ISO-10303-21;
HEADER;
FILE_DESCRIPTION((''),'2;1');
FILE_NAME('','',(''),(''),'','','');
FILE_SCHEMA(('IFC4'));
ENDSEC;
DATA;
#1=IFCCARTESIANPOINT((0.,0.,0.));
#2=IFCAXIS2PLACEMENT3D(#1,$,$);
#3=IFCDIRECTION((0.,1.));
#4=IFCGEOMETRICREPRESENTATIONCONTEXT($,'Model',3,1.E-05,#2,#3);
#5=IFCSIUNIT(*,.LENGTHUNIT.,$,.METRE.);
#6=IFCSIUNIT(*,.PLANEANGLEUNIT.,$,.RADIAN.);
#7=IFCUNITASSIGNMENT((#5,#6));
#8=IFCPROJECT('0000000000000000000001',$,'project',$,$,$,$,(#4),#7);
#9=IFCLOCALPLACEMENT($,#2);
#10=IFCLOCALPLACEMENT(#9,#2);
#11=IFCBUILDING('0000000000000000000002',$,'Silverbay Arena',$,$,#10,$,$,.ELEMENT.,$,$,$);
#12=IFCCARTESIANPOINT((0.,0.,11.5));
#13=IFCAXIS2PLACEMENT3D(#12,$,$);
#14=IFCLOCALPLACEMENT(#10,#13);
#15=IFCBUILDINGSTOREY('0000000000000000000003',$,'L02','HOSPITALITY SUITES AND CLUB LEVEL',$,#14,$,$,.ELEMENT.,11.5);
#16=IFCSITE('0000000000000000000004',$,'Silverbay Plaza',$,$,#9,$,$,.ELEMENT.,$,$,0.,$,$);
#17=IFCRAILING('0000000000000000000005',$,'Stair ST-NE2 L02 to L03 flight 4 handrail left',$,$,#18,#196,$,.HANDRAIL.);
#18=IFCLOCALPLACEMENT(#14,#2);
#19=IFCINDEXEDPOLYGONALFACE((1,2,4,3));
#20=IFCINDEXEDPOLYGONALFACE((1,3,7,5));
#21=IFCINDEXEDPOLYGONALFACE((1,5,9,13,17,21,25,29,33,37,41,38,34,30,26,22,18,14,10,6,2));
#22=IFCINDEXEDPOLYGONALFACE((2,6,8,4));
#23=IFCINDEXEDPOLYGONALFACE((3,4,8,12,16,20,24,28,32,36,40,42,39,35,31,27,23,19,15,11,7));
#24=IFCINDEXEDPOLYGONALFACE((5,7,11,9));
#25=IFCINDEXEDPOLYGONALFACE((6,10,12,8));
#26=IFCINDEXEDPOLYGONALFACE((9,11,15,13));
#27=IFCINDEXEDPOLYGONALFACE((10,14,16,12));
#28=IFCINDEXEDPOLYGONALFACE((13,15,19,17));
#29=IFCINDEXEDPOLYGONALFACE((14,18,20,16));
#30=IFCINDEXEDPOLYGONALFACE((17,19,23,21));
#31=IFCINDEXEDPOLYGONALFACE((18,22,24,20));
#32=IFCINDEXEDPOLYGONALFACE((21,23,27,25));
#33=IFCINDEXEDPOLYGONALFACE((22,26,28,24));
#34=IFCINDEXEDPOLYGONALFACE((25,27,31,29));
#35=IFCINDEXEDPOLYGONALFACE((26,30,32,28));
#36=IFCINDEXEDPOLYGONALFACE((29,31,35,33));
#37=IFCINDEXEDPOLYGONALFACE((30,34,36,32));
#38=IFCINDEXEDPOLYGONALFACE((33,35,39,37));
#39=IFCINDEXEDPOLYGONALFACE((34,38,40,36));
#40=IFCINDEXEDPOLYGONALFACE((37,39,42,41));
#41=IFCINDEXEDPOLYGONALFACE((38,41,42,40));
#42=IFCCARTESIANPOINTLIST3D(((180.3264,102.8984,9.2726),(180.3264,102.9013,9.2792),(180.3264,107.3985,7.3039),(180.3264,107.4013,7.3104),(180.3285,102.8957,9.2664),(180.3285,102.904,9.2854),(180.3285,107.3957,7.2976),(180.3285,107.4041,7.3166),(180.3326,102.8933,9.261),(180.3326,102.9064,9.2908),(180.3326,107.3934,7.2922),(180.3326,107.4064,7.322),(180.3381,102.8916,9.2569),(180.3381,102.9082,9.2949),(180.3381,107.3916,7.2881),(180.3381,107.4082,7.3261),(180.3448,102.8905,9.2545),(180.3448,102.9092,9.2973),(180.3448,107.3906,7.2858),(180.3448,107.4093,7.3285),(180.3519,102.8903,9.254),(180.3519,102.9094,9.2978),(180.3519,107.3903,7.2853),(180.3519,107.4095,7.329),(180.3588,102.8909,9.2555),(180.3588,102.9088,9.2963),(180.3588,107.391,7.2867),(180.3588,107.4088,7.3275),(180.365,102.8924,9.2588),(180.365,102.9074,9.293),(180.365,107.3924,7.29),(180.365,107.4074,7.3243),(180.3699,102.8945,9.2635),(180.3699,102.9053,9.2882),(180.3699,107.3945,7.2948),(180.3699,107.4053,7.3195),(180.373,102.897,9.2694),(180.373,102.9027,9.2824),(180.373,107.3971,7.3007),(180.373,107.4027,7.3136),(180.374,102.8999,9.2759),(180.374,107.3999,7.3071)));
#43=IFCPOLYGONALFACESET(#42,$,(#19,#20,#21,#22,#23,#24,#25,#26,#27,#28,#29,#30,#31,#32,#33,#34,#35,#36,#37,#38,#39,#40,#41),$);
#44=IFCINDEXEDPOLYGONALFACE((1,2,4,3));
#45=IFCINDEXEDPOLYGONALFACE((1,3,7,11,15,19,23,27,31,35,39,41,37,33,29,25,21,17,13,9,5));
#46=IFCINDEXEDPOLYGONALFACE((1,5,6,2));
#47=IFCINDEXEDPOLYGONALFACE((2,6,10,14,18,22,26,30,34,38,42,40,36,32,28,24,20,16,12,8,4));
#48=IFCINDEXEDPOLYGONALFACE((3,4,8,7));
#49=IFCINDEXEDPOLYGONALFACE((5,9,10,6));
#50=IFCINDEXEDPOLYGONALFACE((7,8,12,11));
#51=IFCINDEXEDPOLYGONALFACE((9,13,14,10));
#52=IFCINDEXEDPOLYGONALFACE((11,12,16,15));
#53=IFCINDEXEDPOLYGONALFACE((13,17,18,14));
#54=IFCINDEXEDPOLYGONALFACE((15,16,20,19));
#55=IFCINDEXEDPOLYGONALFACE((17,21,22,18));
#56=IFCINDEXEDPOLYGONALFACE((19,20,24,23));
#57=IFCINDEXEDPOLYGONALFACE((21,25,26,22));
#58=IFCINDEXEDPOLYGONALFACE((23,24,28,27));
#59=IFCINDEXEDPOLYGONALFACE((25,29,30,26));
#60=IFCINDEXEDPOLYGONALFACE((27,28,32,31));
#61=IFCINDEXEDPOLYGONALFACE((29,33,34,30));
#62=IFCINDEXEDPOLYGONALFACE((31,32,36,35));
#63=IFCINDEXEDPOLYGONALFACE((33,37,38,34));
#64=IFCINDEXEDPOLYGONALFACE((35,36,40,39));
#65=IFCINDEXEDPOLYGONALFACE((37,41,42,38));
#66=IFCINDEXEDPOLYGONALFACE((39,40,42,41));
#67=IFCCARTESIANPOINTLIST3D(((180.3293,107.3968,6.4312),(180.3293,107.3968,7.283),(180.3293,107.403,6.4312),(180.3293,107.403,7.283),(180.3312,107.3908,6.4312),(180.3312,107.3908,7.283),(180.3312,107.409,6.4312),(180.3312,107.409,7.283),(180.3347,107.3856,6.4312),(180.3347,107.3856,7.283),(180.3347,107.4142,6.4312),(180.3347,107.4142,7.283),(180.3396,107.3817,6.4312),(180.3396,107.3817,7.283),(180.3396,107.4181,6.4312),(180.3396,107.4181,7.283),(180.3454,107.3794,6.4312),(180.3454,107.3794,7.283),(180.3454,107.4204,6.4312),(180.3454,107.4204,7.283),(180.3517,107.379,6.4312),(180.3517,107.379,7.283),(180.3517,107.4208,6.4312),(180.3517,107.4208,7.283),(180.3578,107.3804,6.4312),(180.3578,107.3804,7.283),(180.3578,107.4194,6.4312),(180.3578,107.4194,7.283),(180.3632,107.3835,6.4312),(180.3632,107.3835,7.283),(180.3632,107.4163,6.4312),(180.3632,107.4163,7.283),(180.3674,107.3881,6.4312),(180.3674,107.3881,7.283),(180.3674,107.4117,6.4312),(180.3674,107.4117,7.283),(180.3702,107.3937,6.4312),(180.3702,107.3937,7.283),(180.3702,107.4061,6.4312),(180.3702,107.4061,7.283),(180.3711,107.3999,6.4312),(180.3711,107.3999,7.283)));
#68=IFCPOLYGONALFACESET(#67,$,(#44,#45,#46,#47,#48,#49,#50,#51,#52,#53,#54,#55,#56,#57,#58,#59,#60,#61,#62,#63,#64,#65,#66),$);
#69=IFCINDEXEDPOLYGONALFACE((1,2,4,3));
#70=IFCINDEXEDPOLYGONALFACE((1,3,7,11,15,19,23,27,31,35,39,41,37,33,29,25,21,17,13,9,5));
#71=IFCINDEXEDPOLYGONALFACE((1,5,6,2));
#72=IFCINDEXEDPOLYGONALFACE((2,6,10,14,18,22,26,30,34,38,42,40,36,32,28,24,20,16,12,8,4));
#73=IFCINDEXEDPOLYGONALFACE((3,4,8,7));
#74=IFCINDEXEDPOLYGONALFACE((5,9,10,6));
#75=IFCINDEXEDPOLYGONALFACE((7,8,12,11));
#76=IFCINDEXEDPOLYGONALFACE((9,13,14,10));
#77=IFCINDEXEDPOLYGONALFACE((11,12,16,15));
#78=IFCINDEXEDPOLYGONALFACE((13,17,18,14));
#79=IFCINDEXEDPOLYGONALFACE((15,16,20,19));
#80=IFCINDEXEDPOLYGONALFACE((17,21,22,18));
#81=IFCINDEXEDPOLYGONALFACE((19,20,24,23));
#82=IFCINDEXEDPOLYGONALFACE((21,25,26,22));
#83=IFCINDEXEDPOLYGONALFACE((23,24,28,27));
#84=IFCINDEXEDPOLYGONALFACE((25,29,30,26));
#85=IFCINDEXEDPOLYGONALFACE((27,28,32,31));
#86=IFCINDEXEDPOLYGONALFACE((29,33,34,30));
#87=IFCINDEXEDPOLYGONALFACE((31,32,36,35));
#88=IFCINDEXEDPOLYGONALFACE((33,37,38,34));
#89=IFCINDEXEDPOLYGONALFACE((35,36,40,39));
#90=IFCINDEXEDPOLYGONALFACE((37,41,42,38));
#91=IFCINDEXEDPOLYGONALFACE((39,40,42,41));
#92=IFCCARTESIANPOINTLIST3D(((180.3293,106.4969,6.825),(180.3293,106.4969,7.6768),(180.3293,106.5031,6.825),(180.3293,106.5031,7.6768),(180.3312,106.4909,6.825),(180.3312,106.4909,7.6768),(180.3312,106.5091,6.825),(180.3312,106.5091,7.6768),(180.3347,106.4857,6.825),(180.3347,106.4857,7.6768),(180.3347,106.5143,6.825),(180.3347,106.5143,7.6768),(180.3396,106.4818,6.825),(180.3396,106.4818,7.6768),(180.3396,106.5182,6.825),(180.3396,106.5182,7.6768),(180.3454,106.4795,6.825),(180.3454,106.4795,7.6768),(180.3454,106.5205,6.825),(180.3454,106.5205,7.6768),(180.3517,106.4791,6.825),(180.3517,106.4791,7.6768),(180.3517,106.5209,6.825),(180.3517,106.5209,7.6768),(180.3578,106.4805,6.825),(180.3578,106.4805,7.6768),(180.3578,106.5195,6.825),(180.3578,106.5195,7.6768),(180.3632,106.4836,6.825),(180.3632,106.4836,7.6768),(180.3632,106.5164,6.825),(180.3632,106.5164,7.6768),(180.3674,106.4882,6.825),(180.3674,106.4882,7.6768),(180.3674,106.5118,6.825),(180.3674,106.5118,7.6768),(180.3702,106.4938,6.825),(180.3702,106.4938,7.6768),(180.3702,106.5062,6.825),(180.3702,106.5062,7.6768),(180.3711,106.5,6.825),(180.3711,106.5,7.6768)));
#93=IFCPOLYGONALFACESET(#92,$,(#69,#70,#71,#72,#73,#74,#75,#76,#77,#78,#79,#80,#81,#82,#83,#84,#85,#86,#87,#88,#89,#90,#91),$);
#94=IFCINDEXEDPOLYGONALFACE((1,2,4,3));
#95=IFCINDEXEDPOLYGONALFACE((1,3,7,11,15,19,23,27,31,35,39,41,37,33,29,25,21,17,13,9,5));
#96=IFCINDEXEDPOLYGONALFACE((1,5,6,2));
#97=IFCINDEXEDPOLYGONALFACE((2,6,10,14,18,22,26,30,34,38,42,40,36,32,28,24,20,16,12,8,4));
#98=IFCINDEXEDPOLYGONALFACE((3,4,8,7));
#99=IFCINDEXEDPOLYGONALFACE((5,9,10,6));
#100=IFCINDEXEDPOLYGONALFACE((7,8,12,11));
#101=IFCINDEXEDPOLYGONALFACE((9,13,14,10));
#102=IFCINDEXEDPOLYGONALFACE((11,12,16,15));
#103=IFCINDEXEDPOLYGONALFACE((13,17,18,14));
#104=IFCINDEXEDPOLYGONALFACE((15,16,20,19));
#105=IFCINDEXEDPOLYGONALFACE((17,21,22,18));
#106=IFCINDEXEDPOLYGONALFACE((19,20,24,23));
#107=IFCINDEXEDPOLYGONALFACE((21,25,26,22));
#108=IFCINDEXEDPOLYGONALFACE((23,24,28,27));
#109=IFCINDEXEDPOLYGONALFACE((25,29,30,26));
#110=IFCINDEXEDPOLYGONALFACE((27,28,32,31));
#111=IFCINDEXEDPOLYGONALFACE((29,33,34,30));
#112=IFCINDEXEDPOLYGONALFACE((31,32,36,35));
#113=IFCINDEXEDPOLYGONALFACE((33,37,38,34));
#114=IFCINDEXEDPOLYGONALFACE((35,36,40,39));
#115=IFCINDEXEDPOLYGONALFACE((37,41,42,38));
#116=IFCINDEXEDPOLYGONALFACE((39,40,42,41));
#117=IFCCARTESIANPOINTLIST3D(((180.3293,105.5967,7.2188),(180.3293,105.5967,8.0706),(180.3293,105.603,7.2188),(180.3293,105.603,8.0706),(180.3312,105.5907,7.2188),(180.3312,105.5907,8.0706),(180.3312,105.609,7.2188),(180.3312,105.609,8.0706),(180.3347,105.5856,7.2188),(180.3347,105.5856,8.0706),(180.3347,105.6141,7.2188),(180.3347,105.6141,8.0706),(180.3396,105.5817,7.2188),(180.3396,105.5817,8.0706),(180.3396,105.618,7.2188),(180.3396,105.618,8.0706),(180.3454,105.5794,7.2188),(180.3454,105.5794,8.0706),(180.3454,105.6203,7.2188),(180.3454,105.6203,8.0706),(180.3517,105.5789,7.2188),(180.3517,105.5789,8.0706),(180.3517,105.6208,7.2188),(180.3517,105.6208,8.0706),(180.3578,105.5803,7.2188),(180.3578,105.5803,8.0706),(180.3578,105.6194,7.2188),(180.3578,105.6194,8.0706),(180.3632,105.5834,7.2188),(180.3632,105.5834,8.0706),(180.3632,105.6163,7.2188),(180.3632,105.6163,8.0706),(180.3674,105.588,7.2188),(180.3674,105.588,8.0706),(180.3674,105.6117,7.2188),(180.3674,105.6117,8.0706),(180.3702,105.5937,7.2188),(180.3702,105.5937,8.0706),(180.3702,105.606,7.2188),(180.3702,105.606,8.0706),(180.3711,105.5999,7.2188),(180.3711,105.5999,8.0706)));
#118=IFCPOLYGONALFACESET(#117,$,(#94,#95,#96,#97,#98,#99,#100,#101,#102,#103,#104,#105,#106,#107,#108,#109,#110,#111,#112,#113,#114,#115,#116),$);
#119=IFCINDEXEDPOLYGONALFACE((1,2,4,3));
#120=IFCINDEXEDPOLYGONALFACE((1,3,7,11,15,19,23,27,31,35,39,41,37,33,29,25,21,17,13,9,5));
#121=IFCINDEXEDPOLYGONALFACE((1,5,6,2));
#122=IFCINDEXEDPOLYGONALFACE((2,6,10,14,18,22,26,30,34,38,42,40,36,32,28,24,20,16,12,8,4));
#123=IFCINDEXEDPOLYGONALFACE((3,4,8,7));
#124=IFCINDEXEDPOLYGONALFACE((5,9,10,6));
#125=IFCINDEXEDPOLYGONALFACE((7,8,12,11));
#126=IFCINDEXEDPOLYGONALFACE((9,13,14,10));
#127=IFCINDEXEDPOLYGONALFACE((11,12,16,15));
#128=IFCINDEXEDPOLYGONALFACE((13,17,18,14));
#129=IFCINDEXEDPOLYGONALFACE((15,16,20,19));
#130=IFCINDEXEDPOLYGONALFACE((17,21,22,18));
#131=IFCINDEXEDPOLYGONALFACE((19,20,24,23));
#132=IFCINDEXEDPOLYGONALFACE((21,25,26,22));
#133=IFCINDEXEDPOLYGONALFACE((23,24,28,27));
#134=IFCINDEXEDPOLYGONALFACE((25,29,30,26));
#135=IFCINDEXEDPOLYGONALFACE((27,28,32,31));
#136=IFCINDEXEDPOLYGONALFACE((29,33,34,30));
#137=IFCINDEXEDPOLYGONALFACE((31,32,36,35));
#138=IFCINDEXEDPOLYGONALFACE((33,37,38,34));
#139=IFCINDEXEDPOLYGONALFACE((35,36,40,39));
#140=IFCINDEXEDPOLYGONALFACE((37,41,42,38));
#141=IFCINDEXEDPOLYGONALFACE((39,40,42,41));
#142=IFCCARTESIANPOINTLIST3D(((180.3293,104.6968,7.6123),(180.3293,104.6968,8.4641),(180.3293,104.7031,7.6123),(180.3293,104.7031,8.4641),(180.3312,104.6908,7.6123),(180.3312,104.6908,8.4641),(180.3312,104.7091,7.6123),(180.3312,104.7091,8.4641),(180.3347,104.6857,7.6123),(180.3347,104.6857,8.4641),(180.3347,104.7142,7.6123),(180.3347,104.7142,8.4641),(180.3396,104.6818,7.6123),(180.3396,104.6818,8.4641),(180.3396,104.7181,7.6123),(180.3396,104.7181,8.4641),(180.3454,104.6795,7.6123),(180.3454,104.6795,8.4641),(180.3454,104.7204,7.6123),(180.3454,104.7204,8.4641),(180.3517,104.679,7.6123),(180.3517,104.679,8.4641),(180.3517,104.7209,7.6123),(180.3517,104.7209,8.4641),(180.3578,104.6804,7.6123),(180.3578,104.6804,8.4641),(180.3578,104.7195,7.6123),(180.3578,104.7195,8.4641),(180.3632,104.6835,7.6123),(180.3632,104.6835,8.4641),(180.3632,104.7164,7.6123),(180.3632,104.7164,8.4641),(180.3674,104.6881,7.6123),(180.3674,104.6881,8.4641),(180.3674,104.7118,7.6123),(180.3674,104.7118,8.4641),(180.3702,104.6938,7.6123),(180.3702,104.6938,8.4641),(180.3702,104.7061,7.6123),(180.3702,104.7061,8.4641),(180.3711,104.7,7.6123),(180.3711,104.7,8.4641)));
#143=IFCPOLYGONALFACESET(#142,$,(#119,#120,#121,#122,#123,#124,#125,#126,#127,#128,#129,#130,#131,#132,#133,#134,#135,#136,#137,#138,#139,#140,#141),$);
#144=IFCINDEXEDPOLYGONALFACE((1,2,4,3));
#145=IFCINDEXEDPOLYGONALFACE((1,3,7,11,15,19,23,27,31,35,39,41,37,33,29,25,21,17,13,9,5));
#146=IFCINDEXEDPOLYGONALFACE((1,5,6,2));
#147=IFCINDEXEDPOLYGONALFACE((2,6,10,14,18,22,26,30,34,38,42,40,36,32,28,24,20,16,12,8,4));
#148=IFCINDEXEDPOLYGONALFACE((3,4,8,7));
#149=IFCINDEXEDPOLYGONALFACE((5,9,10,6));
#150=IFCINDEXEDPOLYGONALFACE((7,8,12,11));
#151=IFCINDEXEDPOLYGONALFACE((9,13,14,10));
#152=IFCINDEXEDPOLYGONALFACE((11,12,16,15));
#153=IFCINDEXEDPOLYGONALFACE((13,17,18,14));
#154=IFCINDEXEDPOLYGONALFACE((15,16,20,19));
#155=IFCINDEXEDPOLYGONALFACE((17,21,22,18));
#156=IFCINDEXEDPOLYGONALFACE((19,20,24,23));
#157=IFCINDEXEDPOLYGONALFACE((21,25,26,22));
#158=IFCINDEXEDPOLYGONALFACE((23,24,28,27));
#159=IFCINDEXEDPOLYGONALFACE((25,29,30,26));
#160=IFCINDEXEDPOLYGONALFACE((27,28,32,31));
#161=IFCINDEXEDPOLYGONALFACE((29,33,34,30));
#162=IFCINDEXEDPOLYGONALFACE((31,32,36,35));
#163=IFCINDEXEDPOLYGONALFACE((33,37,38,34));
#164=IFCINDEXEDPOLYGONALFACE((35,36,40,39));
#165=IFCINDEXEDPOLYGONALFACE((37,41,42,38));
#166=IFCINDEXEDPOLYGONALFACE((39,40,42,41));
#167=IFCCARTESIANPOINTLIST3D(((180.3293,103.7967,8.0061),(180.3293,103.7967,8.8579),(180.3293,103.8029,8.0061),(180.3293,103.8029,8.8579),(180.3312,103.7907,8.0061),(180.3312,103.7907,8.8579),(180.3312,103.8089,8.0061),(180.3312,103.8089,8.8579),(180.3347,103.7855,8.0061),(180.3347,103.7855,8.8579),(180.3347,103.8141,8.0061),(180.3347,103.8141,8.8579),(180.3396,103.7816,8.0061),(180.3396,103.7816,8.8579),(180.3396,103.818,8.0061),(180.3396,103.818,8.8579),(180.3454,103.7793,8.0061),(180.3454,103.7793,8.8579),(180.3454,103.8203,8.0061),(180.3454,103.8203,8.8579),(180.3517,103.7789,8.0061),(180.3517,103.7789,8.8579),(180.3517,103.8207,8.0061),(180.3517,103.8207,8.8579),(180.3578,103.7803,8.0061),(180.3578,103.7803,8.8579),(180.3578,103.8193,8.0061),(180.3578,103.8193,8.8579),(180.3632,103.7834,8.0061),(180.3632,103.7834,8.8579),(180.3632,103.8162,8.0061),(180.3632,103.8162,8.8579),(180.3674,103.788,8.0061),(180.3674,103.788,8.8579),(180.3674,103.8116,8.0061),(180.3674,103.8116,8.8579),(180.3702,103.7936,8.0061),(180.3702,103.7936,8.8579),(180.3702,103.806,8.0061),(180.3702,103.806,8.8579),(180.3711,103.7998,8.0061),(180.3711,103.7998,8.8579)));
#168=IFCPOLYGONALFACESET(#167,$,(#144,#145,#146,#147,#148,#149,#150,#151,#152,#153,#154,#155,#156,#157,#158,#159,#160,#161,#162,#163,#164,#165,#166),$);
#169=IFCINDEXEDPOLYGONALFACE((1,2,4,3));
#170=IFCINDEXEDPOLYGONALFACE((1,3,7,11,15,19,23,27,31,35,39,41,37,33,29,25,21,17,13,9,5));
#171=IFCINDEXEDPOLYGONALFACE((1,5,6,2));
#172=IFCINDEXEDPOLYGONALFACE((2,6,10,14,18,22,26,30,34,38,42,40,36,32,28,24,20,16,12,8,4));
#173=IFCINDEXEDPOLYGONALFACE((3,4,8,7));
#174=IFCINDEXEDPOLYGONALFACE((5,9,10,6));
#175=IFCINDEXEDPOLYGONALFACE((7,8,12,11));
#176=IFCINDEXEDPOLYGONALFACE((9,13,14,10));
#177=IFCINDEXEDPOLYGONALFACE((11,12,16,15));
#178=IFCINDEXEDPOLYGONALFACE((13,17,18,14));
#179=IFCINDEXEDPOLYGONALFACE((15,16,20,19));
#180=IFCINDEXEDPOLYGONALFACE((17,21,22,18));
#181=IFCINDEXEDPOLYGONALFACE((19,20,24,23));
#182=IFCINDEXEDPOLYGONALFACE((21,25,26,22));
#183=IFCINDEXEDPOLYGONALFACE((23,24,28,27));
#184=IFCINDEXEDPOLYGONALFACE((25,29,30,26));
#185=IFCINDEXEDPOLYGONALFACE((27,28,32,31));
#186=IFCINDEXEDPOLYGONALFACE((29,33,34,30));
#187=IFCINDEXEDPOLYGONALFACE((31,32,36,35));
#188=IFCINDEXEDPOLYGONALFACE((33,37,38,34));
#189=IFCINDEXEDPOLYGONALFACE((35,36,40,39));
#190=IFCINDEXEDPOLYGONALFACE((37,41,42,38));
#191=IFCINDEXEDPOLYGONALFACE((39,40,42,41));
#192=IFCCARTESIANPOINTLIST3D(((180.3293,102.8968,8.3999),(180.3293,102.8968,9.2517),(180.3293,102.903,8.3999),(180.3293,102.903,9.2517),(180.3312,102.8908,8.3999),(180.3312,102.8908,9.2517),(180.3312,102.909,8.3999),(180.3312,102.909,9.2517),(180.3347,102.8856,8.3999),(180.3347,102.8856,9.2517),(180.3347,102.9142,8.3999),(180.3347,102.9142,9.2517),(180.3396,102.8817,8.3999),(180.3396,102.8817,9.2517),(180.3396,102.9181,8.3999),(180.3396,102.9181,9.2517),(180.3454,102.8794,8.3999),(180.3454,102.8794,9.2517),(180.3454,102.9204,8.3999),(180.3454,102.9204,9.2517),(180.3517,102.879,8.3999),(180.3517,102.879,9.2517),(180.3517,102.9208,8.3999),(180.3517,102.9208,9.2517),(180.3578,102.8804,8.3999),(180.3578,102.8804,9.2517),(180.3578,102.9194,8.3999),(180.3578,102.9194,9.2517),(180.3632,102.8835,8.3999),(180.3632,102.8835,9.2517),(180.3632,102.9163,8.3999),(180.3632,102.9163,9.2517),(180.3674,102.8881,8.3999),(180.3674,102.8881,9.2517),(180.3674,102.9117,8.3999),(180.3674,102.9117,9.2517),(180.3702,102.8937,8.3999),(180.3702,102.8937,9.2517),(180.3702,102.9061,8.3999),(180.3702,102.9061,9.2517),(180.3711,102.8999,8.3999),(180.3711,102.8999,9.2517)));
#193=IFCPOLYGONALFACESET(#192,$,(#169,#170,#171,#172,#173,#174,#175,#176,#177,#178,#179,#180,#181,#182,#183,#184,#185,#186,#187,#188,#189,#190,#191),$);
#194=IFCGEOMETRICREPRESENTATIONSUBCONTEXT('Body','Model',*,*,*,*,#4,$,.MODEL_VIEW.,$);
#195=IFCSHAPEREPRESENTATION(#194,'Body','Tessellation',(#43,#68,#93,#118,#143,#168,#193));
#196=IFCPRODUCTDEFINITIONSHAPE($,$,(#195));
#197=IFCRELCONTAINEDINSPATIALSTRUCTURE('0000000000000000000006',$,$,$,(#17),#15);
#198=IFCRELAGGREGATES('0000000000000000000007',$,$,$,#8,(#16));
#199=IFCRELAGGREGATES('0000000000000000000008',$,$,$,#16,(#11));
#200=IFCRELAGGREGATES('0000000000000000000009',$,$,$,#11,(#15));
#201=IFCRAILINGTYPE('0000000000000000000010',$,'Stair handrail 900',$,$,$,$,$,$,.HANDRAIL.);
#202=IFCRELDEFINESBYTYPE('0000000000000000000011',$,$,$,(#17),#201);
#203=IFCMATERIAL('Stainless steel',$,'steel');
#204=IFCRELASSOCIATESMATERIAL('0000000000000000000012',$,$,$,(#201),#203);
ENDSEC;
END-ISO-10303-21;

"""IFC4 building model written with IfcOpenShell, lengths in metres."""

from ifc_helpers import new_model, si_unit, direction, frame, origin, origin_2d, place, context, subcontext, project, spatial, circle, extrude, material, type_object, element, save


model = new_model("IFC4")

# Units and contexts
model_context = context("Model", 3, precision=1e-05, world=origin(), true_north=direction((0.0, 1.0)))
body_context = subcontext(model_context, "Body", "Model", "MODEL_VIEW")
ifc_project = project(units=[si_unit("LENGTHUNIT", "METRE"), si_unit("PLANEANGLEUNIT", "RADIAN")], contexts=[model_context])

# Site, building, storey
site_placement = place(None, origin())
site = spatial("IfcSite", under=ifc_project, at=site_placement, Name="Silverbay Plaza", CompositionType="ELEMENT", RefElevation=0.0)
building_placement = place(site_placement, origin())
building = spatial("IfcBuilding", under=site, at=building_placement, Name="Silverbay Arena", CompositionType="ELEMENT")
storey_placement = place(building_placement, frame((0.0, 0.0, 11.5)))
storey = spatial("IfcBuildingStorey", under=building, at=storey_placement, Name="L02", Description="HOSPITALITY SUITES AND CLUB LEVEL", CompositionType="ELEMENT", Elevation=11.5)

# Railing
ifc_material_1 = material(Name="Stainless steel", Category="steel")
railing_type_1 = type_object("IfcRailingType", Name="Stair handrail 900", PredefinedType="HANDRAIL", material=ifc_material_1)
for number, where, name in (
    (1, (180.3501, 107.3999, 6.4312), "Stair ST-NE2 L02 to L03 flight 4 handrail left"),
):
    element("IfcRailing", number, at=place(storey_placement, frame(where)), inside=storey, type_object=railing_type_1, Name=name, PredefinedType="HANDRAIL", context=body_context, shape_type="SweptSolid", body=[
        extrude(circle(Radius=0.0239, at=origin_2d()), frame((0.0, 0.0, 0.876), z_axis=(0.0, -0.916157, 0.400819), x_axis=(1.0, 0.0, 0.0)), (0.0, 0.0, 1.0), 4.9119),
        extrude(circle(Radius=0.021, at=origin_2d()), origin(), (0.0, 0.0, 1.0), 0.8518),
        extrude(circle(Radius=0.021, at=origin_2d()), frame((0.0, -0.8999, 0.3938)), (0.0, 0.0, 1.0), 0.8518),
        extrude(circle(Radius=0.021, at=origin_2d()), frame((0.0, -1.8, 0.7876)), (0.0, 0.0, 1.0), 0.8518),
        extrude(circle(Radius=0.021, at=origin_2d()), frame((0.0, -2.7, 1.1812)), (0.0, 0.0, 1.0), 0.8518),
        extrude(circle(Radius=0.021, at=origin_2d()), frame((0.0, -3.6001, 1.575)), (0.0, 0.0, 1.0), 0.8518),
        extrude(circle(Radius=0.021, at=origin_2d()), frame((0.0, -4.5, 1.9688)), (0.0, 0.0, 1.0), 0.8518),
    ])

save(model, "model.ifc")
